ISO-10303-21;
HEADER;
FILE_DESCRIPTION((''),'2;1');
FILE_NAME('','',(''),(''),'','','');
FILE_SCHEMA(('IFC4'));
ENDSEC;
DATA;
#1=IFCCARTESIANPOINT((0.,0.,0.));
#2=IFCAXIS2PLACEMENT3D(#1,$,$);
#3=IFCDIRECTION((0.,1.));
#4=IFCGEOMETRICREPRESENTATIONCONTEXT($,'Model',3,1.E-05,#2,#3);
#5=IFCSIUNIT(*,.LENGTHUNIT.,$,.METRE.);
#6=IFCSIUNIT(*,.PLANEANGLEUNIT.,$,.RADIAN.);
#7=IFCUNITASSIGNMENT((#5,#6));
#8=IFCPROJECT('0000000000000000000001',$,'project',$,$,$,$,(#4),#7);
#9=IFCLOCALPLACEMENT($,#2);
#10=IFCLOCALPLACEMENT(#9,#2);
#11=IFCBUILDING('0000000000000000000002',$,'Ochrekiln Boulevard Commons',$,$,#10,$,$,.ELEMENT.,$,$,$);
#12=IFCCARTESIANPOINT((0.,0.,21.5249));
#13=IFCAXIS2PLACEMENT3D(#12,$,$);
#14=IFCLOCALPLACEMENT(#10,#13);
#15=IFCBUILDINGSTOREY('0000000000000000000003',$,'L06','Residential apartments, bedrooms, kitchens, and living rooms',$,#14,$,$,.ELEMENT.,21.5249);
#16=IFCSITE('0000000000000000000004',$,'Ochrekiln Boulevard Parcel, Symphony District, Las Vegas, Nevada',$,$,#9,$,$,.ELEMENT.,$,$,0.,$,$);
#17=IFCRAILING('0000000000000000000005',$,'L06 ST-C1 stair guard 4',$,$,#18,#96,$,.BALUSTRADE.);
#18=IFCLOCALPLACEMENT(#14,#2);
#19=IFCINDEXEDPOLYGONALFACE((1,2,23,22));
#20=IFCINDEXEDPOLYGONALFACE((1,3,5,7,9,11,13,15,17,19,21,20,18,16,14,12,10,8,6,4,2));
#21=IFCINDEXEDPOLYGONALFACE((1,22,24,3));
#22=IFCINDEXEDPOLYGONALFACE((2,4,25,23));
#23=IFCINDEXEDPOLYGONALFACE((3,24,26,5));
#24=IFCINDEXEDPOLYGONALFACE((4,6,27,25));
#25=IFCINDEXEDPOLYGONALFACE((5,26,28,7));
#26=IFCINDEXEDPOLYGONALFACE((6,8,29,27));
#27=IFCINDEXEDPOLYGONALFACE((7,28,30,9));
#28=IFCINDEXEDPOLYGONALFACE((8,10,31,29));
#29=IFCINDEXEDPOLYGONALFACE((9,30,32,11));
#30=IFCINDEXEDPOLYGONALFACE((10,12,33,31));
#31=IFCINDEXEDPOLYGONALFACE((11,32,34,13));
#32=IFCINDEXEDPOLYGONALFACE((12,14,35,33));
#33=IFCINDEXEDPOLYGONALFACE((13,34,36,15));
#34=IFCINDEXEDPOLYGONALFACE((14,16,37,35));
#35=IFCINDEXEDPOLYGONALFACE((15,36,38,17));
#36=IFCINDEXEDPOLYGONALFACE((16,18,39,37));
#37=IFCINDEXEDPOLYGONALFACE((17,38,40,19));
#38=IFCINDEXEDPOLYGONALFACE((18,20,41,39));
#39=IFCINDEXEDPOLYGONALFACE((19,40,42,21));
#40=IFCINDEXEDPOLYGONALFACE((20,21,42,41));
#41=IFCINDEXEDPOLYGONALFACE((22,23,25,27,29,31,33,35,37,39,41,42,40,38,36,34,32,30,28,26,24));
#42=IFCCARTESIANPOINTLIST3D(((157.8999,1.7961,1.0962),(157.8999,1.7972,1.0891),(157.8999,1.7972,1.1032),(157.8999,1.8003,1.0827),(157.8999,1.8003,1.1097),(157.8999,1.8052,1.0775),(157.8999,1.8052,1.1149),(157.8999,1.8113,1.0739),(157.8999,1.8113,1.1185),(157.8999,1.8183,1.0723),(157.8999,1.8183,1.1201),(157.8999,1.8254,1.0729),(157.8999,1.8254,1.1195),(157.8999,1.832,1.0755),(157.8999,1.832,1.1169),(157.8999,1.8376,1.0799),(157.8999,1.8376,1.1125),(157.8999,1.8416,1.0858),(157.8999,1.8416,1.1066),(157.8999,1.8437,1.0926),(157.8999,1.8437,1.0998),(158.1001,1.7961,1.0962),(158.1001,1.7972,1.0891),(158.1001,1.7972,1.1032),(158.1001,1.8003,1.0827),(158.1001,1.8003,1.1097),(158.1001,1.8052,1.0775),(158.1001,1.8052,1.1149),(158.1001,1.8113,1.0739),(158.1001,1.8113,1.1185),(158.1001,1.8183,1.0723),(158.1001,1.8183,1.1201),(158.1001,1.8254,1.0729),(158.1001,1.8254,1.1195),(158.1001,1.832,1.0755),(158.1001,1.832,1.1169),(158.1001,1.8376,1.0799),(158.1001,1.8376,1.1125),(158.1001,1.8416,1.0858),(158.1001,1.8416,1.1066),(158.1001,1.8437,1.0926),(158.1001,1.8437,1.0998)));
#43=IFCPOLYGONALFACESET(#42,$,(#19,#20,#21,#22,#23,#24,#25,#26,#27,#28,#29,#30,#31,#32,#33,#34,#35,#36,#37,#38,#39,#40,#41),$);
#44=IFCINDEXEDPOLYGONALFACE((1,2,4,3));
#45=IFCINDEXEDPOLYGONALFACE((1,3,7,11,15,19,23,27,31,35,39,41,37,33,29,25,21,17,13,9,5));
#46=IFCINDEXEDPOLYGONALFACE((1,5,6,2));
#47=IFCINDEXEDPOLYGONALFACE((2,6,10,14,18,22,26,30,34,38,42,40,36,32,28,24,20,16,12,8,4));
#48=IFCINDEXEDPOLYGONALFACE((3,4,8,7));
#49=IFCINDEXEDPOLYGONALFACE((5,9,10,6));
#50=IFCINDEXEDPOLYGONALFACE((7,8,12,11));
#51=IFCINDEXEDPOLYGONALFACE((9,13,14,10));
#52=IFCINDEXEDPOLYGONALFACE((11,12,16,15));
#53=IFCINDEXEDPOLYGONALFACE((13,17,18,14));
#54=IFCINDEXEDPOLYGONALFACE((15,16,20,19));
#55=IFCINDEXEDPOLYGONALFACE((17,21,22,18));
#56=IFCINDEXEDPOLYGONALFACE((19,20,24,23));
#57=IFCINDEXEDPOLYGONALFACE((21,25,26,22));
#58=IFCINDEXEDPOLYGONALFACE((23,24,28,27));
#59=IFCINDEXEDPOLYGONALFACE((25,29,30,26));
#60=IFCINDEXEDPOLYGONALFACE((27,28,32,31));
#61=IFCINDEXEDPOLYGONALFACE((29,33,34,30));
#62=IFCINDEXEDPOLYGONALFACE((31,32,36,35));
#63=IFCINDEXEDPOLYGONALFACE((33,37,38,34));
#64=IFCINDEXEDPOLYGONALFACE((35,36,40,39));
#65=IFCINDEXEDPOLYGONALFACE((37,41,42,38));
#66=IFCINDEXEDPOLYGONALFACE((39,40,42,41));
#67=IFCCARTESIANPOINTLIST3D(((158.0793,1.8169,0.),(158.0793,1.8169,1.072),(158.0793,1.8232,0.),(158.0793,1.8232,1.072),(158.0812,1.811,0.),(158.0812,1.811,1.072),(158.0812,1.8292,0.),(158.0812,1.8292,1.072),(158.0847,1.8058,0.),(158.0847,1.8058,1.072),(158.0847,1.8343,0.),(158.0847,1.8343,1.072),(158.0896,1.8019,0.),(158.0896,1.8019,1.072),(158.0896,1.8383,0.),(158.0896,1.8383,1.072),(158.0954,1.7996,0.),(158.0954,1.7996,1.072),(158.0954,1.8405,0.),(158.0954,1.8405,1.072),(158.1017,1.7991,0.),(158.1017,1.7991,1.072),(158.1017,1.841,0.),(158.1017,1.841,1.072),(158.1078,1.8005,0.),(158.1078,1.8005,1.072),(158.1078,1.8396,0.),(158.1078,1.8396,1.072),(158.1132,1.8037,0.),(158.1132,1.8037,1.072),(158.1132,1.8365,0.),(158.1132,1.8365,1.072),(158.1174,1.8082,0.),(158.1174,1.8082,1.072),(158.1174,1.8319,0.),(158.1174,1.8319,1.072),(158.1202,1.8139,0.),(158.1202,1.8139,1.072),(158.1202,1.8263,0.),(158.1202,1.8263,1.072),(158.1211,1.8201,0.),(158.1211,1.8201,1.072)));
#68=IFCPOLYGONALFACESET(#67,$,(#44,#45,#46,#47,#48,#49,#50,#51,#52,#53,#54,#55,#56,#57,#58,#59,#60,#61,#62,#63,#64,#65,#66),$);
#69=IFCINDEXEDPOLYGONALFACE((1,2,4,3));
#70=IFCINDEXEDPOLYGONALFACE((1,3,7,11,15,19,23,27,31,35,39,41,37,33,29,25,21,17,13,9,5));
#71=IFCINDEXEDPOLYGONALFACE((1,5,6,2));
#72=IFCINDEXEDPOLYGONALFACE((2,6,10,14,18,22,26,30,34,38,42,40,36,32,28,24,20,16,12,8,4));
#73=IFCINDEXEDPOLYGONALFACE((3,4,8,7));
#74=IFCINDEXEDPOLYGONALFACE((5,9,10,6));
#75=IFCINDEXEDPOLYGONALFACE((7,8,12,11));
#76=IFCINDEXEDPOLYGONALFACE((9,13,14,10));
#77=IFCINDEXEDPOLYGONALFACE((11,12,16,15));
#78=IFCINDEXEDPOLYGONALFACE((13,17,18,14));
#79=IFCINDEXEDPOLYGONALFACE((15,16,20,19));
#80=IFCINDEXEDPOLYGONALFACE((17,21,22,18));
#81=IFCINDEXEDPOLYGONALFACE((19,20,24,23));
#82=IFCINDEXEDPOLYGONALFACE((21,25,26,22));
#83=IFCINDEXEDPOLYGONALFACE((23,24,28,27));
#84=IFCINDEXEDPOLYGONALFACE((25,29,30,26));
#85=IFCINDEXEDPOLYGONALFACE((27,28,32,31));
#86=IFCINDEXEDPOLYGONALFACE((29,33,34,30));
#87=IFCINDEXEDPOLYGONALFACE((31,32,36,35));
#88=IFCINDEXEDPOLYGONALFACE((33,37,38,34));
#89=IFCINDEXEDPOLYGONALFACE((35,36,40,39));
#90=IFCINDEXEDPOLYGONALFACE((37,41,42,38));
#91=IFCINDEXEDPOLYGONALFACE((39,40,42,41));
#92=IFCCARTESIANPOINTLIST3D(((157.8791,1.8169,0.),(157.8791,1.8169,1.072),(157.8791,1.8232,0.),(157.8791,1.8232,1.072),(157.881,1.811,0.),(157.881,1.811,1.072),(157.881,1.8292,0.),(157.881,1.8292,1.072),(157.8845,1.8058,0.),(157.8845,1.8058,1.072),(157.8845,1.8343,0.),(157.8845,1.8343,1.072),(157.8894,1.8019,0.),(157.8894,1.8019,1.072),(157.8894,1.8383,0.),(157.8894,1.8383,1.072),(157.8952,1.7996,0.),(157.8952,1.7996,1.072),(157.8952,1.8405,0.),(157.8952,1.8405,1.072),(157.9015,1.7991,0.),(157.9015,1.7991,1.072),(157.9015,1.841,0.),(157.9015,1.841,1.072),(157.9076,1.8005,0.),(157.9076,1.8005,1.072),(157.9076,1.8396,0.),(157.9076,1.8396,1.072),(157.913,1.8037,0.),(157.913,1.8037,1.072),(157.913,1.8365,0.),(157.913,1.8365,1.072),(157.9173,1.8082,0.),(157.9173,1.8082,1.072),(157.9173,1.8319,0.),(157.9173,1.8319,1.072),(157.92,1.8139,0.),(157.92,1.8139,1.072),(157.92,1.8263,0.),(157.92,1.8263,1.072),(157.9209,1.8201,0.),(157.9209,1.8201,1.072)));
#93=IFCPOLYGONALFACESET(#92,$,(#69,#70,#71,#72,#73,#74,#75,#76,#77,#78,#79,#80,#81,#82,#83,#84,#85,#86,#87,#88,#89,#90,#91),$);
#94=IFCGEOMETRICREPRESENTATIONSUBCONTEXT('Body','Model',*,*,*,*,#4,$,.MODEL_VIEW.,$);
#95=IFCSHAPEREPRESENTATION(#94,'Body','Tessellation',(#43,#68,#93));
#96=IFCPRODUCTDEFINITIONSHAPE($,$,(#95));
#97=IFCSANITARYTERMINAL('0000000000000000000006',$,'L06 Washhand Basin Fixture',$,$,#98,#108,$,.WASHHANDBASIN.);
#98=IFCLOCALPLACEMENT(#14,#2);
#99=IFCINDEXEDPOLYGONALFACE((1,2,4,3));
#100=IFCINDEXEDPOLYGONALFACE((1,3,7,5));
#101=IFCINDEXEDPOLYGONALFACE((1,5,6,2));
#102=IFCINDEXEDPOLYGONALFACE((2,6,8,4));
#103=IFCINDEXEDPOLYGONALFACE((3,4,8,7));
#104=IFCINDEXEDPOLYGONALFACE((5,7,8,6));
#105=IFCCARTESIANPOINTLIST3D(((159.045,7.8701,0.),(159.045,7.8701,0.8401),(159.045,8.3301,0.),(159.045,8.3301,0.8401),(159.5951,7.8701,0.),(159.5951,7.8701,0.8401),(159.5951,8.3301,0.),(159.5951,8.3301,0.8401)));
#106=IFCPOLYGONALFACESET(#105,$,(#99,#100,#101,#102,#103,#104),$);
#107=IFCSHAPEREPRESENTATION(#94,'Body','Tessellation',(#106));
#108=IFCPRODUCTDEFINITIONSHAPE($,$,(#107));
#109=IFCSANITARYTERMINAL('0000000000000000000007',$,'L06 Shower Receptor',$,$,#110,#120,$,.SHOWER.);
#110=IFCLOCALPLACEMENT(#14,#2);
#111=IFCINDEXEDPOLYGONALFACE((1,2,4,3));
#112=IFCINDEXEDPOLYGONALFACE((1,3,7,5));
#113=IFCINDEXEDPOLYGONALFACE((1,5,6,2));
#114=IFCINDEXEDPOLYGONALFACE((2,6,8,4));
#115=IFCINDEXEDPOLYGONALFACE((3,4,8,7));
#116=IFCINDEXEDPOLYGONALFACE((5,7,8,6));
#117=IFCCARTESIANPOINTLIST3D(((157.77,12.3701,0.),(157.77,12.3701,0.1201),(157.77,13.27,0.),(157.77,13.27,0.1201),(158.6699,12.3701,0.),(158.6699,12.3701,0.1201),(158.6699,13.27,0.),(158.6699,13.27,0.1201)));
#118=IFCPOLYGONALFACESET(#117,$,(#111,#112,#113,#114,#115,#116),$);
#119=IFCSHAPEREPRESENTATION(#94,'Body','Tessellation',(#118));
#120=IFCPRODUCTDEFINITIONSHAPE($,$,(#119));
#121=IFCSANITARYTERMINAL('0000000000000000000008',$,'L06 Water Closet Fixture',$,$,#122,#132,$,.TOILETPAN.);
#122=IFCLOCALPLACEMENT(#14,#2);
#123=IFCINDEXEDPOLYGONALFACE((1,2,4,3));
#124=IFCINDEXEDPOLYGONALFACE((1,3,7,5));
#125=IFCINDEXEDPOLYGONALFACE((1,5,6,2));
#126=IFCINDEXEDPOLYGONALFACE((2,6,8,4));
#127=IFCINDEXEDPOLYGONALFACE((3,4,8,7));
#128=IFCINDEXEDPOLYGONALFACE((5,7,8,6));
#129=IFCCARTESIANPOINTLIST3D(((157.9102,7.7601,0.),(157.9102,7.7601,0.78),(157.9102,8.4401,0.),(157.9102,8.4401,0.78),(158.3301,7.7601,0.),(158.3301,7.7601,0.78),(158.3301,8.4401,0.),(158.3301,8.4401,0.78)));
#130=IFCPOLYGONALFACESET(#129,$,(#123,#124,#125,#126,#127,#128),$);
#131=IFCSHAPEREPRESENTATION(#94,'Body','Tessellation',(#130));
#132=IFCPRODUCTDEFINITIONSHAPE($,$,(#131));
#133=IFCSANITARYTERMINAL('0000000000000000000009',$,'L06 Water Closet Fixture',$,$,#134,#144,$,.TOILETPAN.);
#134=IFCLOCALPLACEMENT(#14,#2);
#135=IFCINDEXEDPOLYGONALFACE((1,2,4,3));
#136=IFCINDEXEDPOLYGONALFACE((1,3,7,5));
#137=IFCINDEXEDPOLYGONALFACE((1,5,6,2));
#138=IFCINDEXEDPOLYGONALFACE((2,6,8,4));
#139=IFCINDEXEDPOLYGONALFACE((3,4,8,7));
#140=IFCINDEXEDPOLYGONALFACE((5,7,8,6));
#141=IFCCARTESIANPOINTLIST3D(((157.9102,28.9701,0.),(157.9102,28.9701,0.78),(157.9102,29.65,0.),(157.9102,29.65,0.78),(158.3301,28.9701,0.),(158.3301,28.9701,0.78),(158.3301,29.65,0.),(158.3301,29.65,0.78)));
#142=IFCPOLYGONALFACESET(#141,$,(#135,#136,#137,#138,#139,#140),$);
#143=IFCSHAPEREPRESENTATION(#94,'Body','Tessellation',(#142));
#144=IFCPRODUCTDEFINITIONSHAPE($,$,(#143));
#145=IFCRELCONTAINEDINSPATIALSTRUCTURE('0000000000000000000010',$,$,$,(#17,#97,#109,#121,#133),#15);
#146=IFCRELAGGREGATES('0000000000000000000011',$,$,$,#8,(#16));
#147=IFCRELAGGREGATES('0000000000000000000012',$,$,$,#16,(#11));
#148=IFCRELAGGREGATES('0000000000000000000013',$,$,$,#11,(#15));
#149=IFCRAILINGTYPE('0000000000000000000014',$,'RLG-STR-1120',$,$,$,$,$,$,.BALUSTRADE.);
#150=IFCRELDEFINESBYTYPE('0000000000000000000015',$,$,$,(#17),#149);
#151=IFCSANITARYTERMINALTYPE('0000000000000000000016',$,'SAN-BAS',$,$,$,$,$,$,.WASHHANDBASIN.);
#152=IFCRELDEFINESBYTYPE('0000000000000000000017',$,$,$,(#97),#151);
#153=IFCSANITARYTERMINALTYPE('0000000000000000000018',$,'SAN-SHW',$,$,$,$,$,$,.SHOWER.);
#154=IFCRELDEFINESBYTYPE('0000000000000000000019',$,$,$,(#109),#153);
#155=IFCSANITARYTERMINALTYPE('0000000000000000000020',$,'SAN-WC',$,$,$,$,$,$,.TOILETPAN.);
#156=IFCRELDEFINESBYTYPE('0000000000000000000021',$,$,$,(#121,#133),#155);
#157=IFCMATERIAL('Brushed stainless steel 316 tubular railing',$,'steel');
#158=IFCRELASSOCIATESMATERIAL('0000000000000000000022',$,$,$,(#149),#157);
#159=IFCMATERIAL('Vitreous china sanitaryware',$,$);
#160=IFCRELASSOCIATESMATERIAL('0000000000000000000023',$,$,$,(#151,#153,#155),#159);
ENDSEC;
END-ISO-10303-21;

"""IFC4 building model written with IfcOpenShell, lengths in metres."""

from ifc_helpers import new_model, si_unit, direction, frame, origin, origin_2d, place, context, subcontext, project, spatial, rectangle, circle, extrude, material, type_object, element, save


model = new_model("IFC4")

# Units and contexts
model_context = context("Model", 3, precision=1e-05, world=origin(), true_north=direction((0.0, 1.0)))
body_context = subcontext(model_context, "Body", "Model", "MODEL_VIEW")
ifc_project = project(units=[si_unit("LENGTHUNIT", "METRE"), si_unit("PLANEANGLEUNIT", "RADIAN")], contexts=[model_context])

# Site, building, storey
site_placement = place(None, origin())
site = spatial("IfcSite", under=ifc_project, at=site_placement, Name="Ochrekiln Boulevard Parcel, Symphony District, Las Vegas, Nevada", CompositionType="ELEMENT", RefElevation=0.0)
building_placement = place(site_placement, origin())
building = spatial("IfcBuilding", under=site, at=building_placement, Name="Ochrekiln Boulevard Commons", CompositionType="ELEMENT")
storey_placement = place(building_placement, frame((0.0, 0.0, 21.5249)))
storey = spatial("IfcBuildingStorey", under=building, at=storey_placement, Name="L06", Description="Residential apartments, bedrooms, kitchens, and living rooms", CompositionType="ELEMENT", Elevation=21.5249)

# Railing
ifc_material_1 = material(Name="Brushed stainless steel 316 tubular railing", Category="steel")
railing_type_1 = type_object("IfcRailingType", Name="RLG-STR-1120", PredefinedType="BALUSTRADE", material=ifc_material_1)
railing_1_placement = place(storey_placement, frame((158.1001, 1.8201, 0.0)))
element("IfcRailing", 1, at=railing_1_placement, inside=storey, type_object=railing_type_1, Name="L06 ST-C1 stair guard 4", PredefinedType="BALUSTRADE", context=body_context, shape_type="SweptSolid", body=[
    extrude(circle(Radius=0.0239, at=origin_2d()), frame((0.0, 0.0, 1.0962), z_axis=(-1.0, 0.0, 0.0), x_axis=(0.0, -1.0, 0.0)), (0.0, 0.0, 1.0), 0.2002),
    extrude(circle(Radius=0.021, at=origin_2d()), origin(), (0.0, 0.0, 1.0), 1.072),
    extrude(circle(Radius=0.021, at=origin_2d()), frame((-0.2002, 0.0, 0.0)), (0.0, 0.0, 1.0), 1.072),
])

# Sanitary terminals
ifc_material_2 = material(Name="Vitreous china sanitaryware")
sanitary_terminal_type_1 = type_object("IfcSanitaryTerminalType", Name="SAN-BAS", PredefinedType="WASHHANDBASIN", material=ifc_material_2)
sanitary_terminal_1_placement = place(storey_placement, frame((159.3201, 8.1001, 0.0), z_axis=(0.0, 0.0, 1.0), x_axis=(1.0, 0.0, 0.0)))
element("IfcSanitaryTerminal", 2, at=sanitary_terminal_1_placement, inside=storey, type_object=sanitary_terminal_type_1, Name="L06 Washhand Basin Fixture", PredefinedType="WASHHANDBASIN", context=body_context, shape_type="SweptSolid", body=[
    extrude(rectangle(XDim=0.55, YDim=0.46, at=origin_2d()), origin(), (0.0, 0.0, 1.0), 0.8401),
])
sanitary_terminal_type_2 = type_object("IfcSanitaryTerminalType", Name="SAN-SHW", PredefinedType="SHOWER", material=ifc_material_2)
sanitary_terminal_2_placement = place(storey_placement, frame((158.22, 12.8201, 0.0), z_axis=(0.0, 0.0, 1.0), x_axis=(1.0, 0.0, 0.0)))
element("IfcSanitaryTerminal", 3, at=sanitary_terminal_2_placement, inside=storey, type_object=sanitary_terminal_type_2, Name="L06 Shower Receptor", PredefinedType="SHOWER", context=body_context, shape_type="SweptSolid", body=[
    extrude(rectangle(XDim=0.8999, YDim=0.8999, at=origin_2d()), origin(), (0.0, 0.0, 1.0), 0.1201),
])
sanitary_terminal_type_3 = type_object("IfcSanitaryTerminalType", Name="SAN-WC", PredefinedType="TOILETPAN", material=ifc_material_2)
for number, where, z_axis, x_axis, name in (
    (4, (158.1201, 8.1001, 0.0), (0.0, 0.0, 1.0), (1.0, 0.0, 0.0), "L06 Water Closet Fixture"),
    (5, (158.1201, 29.3101, 0.0), (0.0, 0.0, 1.0), (1.0, 0.0, 0.0), "L06 Water Closet Fixture"),
):
    element("IfcSanitaryTerminal", number, at=place(storey_placement, frame(where, z_axis=z_axis, x_axis=x_axis)), inside=storey, type_object=sanitary_terminal_type_3, Name=name, PredefinedType="TOILETPAN", context=body_context, shape_type="SweptSolid", body=[
        extrude(rectangle(XDim=0.4199, YDim=0.6799, at=origin_2d()), origin(), (0.0, 0.0, 1.0), 0.78),
    ])

save(model, "model.ifc")
